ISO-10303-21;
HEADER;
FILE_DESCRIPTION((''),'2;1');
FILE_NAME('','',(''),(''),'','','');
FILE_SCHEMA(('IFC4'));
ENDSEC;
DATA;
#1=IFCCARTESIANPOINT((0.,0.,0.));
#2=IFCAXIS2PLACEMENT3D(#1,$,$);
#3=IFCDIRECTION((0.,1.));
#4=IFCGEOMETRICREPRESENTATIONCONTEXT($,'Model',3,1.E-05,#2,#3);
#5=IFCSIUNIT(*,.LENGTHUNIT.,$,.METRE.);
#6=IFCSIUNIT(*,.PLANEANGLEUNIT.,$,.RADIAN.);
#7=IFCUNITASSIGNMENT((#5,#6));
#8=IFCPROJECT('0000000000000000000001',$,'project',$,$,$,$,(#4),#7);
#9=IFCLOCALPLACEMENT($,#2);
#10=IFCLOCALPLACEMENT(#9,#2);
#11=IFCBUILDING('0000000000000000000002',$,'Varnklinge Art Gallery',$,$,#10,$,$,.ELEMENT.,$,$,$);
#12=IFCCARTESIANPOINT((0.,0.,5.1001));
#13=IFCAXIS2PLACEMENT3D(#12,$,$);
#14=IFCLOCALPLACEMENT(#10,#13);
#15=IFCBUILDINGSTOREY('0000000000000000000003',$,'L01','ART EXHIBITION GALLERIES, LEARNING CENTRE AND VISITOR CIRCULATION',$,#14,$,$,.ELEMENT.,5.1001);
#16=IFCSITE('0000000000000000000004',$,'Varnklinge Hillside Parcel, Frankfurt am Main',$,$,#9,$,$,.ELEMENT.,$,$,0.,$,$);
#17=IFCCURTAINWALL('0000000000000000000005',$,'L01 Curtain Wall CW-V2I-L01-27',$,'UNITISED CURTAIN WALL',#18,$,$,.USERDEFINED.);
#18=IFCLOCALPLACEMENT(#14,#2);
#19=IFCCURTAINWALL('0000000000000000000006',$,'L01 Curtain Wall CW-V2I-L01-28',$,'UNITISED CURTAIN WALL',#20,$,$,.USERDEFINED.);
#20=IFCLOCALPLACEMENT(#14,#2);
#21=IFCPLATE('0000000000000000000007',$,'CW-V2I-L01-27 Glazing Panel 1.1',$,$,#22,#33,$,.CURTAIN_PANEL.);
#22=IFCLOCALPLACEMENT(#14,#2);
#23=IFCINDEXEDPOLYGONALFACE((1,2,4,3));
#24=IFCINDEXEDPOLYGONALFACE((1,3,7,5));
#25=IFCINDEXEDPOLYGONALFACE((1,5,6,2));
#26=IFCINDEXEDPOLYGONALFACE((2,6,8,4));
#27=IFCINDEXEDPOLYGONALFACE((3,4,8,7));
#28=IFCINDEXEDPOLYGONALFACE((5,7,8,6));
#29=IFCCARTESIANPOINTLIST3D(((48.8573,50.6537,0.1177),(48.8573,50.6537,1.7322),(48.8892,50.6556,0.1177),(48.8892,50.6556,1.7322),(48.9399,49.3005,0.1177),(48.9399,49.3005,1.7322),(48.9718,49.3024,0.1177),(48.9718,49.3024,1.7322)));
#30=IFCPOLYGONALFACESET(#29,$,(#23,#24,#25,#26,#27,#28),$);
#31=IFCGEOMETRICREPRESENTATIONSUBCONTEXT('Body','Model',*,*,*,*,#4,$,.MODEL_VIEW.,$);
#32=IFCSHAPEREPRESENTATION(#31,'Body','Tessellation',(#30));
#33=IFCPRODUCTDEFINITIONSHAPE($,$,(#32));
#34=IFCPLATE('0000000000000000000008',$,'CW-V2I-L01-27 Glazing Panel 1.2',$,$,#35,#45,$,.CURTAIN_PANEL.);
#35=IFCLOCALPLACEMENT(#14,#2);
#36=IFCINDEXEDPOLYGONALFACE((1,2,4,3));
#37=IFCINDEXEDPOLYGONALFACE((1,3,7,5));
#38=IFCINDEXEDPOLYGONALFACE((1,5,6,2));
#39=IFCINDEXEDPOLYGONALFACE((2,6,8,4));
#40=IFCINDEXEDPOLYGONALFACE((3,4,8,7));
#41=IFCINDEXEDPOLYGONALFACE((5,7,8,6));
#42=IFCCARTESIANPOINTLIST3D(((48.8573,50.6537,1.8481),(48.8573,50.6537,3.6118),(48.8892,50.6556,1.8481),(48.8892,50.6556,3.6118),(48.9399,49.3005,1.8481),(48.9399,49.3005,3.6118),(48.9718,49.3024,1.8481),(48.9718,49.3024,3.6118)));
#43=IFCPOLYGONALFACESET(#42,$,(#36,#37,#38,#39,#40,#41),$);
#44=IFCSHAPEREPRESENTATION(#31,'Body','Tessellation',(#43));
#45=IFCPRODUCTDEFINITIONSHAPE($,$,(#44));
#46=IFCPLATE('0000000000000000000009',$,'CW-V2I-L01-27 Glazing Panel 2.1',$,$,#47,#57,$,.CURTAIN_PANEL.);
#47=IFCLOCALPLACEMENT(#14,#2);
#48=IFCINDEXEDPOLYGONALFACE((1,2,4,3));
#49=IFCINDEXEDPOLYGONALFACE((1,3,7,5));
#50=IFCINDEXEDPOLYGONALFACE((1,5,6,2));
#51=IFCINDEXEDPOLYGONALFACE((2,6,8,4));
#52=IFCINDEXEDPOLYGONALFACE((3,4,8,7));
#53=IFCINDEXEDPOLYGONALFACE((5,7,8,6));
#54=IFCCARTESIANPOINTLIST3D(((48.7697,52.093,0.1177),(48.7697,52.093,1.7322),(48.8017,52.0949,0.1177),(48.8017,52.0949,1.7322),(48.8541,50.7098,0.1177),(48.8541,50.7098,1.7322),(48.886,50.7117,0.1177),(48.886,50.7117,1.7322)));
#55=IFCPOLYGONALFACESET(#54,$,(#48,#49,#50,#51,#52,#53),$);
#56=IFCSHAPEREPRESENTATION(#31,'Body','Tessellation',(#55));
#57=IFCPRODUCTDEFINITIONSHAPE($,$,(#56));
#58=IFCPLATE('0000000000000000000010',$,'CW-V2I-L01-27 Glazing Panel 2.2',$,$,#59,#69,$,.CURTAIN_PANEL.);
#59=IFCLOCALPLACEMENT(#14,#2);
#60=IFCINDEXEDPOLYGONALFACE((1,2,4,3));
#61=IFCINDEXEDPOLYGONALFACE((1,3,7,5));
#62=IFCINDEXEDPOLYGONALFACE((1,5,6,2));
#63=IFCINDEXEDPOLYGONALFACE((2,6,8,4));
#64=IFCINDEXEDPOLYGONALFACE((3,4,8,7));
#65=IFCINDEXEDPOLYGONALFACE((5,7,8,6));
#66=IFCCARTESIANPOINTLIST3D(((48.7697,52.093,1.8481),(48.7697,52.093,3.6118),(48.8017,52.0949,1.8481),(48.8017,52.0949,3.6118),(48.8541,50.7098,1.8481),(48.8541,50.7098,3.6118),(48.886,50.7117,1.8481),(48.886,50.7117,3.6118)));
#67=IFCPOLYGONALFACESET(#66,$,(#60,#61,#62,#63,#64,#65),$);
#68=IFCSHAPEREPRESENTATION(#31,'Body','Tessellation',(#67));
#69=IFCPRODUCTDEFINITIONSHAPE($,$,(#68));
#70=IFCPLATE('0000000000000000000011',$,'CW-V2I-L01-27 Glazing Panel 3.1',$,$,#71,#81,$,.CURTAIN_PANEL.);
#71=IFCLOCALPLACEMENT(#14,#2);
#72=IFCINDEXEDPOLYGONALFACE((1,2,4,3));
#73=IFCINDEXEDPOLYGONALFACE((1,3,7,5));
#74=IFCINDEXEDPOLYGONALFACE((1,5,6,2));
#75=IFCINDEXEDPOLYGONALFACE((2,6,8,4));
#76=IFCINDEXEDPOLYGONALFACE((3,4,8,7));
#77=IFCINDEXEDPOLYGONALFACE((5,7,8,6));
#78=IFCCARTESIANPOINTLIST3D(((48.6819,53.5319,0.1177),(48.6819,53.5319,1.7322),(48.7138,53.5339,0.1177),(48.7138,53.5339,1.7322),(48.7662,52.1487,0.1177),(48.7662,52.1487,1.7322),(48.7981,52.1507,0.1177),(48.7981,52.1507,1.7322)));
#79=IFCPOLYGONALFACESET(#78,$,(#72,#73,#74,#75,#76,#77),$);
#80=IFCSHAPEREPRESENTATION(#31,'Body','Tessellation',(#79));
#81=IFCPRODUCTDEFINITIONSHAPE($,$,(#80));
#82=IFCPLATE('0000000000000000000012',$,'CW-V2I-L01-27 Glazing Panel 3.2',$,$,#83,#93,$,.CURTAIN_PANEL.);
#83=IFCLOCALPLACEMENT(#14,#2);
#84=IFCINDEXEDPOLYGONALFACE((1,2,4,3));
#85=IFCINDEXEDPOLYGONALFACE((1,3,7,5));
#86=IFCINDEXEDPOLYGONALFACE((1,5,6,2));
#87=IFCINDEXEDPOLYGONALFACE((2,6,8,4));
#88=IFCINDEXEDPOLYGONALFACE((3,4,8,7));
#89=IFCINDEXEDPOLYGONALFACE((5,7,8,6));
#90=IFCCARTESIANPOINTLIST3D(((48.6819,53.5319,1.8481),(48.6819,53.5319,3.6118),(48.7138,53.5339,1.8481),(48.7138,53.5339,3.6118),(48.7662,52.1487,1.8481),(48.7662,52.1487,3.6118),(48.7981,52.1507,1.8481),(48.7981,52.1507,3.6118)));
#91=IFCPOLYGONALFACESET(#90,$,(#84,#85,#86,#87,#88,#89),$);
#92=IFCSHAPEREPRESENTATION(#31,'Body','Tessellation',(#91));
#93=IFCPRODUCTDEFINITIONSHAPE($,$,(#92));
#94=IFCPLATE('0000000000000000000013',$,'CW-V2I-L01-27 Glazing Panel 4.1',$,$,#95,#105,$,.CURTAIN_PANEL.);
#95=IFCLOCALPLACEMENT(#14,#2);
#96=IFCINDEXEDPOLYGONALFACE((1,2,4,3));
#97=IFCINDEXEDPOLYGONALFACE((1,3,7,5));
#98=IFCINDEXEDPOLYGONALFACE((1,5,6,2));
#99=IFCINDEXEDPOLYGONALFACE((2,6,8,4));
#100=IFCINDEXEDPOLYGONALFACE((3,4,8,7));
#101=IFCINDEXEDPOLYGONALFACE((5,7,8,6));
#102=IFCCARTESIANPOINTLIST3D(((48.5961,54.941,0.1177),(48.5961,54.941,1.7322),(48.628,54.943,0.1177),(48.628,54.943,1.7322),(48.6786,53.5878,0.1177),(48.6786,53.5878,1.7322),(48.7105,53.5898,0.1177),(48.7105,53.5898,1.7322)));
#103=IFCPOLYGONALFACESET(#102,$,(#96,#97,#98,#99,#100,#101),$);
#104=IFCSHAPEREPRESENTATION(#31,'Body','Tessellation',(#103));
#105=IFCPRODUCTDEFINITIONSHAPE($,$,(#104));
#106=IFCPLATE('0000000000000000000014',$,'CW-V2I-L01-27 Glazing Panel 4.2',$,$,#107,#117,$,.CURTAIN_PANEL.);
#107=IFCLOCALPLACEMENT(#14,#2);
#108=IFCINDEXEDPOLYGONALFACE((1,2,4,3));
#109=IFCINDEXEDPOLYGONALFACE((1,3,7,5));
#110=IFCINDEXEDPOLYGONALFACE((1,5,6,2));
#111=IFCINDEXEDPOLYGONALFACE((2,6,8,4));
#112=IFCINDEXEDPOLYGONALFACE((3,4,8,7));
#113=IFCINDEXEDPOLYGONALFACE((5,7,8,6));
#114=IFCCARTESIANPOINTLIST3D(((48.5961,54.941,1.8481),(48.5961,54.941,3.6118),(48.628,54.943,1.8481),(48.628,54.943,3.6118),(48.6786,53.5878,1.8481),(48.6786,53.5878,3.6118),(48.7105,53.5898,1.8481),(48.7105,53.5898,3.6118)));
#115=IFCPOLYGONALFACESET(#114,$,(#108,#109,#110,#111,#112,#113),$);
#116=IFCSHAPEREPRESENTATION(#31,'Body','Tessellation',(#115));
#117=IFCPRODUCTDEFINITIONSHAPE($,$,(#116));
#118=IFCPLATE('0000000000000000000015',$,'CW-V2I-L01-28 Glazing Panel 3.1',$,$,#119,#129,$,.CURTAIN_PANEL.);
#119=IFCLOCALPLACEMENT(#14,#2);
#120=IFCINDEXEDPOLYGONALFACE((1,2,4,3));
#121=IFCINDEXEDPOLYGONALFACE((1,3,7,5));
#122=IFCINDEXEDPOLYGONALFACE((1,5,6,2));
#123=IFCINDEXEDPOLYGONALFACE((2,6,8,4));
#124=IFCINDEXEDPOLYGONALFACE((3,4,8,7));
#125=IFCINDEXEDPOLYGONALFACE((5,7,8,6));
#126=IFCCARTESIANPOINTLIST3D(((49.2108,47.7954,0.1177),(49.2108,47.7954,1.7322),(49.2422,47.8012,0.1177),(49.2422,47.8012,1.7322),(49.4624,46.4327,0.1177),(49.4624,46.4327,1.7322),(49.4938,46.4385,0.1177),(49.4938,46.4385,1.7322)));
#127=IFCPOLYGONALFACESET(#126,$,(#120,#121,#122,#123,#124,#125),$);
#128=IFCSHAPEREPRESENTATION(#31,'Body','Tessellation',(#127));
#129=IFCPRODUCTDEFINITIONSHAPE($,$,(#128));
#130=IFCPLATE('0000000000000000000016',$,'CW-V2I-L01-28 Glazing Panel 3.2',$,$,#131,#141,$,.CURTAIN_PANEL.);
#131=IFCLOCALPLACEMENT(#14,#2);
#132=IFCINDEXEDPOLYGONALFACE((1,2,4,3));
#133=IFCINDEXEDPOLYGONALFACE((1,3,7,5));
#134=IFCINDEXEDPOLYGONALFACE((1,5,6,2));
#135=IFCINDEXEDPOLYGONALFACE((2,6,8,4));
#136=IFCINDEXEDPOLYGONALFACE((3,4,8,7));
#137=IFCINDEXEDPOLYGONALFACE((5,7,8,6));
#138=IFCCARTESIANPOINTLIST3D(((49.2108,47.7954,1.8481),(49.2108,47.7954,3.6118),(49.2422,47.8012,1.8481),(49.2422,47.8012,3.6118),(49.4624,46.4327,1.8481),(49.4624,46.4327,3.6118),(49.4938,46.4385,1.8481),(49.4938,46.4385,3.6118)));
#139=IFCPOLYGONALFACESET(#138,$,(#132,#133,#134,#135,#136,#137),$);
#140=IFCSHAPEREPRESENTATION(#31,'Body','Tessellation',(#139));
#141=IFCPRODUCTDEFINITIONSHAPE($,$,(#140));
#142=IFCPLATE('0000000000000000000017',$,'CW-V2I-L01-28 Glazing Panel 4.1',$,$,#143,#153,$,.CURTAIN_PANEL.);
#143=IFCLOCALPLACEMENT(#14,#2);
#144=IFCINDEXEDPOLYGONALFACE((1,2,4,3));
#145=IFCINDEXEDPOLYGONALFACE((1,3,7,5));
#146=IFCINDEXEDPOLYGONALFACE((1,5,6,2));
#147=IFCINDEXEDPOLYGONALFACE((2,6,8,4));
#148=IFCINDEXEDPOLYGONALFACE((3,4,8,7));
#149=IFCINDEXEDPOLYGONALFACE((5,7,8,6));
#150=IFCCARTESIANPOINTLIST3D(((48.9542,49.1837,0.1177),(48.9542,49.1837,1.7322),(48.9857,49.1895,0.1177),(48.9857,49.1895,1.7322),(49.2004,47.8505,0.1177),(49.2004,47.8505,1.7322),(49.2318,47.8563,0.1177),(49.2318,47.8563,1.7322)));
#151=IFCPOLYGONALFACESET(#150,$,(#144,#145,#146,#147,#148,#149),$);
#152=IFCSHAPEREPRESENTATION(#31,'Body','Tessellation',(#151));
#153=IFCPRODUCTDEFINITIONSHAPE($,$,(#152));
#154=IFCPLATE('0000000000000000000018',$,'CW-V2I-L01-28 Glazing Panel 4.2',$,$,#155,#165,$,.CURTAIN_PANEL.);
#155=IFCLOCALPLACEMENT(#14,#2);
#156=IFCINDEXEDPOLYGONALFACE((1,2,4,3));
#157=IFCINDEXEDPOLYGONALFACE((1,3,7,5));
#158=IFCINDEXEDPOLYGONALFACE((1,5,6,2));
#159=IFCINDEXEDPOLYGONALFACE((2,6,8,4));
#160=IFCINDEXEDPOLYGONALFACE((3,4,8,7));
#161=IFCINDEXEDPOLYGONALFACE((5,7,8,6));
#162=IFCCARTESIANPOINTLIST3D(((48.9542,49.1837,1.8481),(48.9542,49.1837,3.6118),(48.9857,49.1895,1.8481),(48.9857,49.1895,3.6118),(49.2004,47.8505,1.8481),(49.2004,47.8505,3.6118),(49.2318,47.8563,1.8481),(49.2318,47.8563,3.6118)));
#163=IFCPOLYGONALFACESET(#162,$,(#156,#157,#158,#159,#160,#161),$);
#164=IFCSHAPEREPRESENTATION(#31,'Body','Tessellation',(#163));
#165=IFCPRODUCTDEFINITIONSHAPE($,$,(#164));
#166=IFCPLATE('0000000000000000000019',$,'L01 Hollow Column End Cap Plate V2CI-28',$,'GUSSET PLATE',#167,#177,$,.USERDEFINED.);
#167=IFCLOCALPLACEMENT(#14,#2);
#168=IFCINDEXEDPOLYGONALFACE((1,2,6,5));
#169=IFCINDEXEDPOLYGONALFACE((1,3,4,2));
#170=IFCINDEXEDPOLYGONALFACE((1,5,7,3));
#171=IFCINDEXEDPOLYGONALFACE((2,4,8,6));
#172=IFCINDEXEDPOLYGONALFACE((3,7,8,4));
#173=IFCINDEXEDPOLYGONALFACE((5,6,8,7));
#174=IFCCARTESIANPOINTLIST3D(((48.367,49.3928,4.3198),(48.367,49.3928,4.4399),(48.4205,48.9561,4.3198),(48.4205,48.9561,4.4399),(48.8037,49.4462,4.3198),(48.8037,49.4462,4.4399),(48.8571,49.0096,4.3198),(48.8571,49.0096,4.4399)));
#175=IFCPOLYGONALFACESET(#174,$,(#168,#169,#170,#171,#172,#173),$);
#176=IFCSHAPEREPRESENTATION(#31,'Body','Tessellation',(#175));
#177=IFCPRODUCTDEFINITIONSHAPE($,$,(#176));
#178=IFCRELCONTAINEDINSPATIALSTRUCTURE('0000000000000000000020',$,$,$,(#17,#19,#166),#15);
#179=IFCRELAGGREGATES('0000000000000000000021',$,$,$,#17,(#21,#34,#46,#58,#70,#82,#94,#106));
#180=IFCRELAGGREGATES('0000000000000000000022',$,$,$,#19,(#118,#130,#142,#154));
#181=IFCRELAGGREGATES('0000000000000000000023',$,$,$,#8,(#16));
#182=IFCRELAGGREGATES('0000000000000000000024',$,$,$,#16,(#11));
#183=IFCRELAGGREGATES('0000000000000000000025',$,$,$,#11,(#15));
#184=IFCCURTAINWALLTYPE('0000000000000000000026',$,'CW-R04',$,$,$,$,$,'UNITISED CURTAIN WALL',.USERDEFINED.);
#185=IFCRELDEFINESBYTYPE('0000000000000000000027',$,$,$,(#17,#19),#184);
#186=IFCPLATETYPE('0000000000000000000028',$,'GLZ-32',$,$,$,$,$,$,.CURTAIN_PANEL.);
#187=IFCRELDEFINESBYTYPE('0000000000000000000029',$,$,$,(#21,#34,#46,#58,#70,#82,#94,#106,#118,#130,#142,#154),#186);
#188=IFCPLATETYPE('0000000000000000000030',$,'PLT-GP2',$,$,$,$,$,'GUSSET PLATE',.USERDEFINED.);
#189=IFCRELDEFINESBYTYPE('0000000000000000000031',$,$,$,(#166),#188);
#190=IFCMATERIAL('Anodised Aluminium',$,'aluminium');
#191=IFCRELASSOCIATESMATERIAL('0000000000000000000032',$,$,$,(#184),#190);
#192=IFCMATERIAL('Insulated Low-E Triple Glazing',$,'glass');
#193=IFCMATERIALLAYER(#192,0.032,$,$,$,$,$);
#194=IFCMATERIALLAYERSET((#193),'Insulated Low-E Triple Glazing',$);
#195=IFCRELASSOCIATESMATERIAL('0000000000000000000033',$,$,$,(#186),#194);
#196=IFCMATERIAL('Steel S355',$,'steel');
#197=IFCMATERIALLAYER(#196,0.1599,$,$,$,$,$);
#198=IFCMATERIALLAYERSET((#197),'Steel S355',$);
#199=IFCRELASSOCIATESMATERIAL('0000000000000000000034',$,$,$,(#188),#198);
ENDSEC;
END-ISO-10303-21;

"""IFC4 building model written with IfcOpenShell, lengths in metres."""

from ifc_helpers import new_model, si_unit, direction, frame, origin, origin_2d, place, context, subcontext, project, spatial, rectangle, extrude, material, layer, layer_set, type_object, element, aggregate, save


model = new_model("IFC4")

# Units and contexts
model_context = context("Model", 3, precision=1e-05, world=origin(), true_north=direction((0.0, 1.0)))
body_context = subcontext(model_context, "Body", "Model", "MODEL_VIEW")
ifc_project = project(units=[si_unit("LENGTHUNIT", "METRE"), si_unit("PLANEANGLEUNIT", "RADIAN")], contexts=[model_context])

# Site, building, storey
site_placement = place(None, origin())
site = spatial("IfcSite", under=ifc_project, at=site_placement, Name="Varnklinge Hillside Parcel, Frankfurt am Main", CompositionType="ELEMENT", RefElevation=0.0)
building_placement = place(site_placement, origin())
building = spatial("IfcBuilding", under=site, at=building_placement, Name="Varnklinge Art Gallery", CompositionType="ELEMENT")
storey_placement = place(building_placement, frame((0.0, 0.0, 5.1001)))
storey = spatial("IfcBuildingStorey", under=building, at=storey_placement, Name="L01", Description="ART EXHIBITION GALLERIES, LEARNING CENTRE AND VISITOR CIRCULATION", CompositionType="ELEMENT", Elevation=5.1001)

# Curtain walls
ifc_material_1 = material(Name="Anodised Aluminium", Category="aluminium")
curtain_wall_type = type_object("IfcCurtainWallType", Name="CW-R04", ElementType="UNITISED CURTAIN WALL", PredefinedType="USERDEFINED", material=ifc_material_1)
curtain_wall_1_placement = place(storey_placement, origin())
curtain_wall_1 = element("IfcCurtainWall", 1, at=curtain_wall_1_placement, inside=storey, type_object=curtain_wall_type, Name="L01 Curtain Wall CW-V2I-L01-27", ObjectType="UNITISED CURTAIN WALL", PredefinedType="USERDEFINED")
curtain_wall_2_placement = place(storey_placement, origin())
curtain_wall_2 = element("IfcCurtainWall", 2, at=curtain_wall_2_placement, inside=storey, type_object=curtain_wall_type, Name="L01 Curtain Wall CW-V2I-L01-28", ObjectType="UNITISED CURTAIN WALL", PredefinedType="USERDEFINED")

# Plates
ifc_material_2 = material(Name="Insulated Low-E Triple Glazing", Category="glass")
ifc_layer_1 = layer(ifc_material_2, 0.032)
ifc_layer_set_1 = layer_set([ifc_layer_1], Name="Insulated Low-E Triple Glazing")
plate_type_1 = type_object("IfcPlateType", Name="GLZ-32", PredefinedType="CURTAIN_PANEL", material=ifc_layer_set_1)
plate_1_placement = place(storey_placement, frame((48.9146, 49.978, 0.1177), z_axis=(0.0, 0.0, 1.0), x_axis=(-0.060874, 0.998145, 0.0)))
plate_1 = element("IfcPlate", 3, at=plate_1_placement, type_object=plate_type_1, Name="CW-V2I-L01-27 Glazing Panel 1.1", PredefinedType="CURTAIN_PANEL", context=body_context, shape_type="SweptSolid", body=[
    extrude(rectangle(XDim=1.3557, YDim=0.032, at=origin_2d()), origin(), (0.0, 0.0, 1.0), 1.6145),
])
plate_2_placement = place(storey_placement, frame((48.9146, 49.978, 1.8481), z_axis=(0.0, 0.0, 1.0), x_axis=(-0.060874, 0.998145, 0.0)))
plate_2 = element("IfcPlate", 4, at=plate_2_placement, type_object=plate_type_1, Name="CW-V2I-L01-27 Glazing Panel 1.2", PredefinedType="CURTAIN_PANEL", context=body_context, shape_type="SweptSolid", body=[
    extrude(rectangle(XDim=1.3557, YDim=0.032, at=origin_2d()), origin(), (0.0, 0.0, 1.0), 1.7637),
])
plate_3_placement = place(storey_placement, frame((48.8279, 51.4023, 0.1177), z_axis=(0.0, 0.0, 1.0), x_axis=(-0.060874, 0.998145, 0.0)))
plate_3 = element("IfcPlate", 5, at=plate_3_placement, type_object=plate_type_1, Name="CW-V2I-L01-27 Glazing Panel 2.1", PredefinedType="CURTAIN_PANEL", context=body_context, shape_type="SweptSolid", body=[
    extrude(rectangle(XDim=1.3857, YDim=0.032, at=origin_2d()), origin(), (0.0, 0.0, 1.0), 1.6145),
])
plate_4_placement = place(storey_placement, frame((48.8279, 51.4023, 1.8481), z_axis=(0.0, 0.0, 1.0), x_axis=(-0.060874, 0.998145, 0.0)))
plate_4 = element("IfcPlate", 6, at=plate_4_placement, type_object=plate_type_1, Name="CW-V2I-L01-27 Glazing Panel 2.2", PredefinedType="CURTAIN_PANEL", context=body_context, shape_type="SweptSolid", body=[
    extrude(rectangle(XDim=1.3857, YDim=0.032, at=origin_2d()), origin(), (0.0, 0.0, 1.0), 1.7637),
])
plate_5_placement = place(storey_placement, frame((48.74, 52.8413, 0.1177), z_axis=(0.0, 0.0, 1.0), x_axis=(-0.060874, 0.998145, 0.0)))
plate_5 = element("IfcPlate", 7, at=plate_5_placement, type_object=plate_type_1, Name="CW-V2I-L01-27 Glazing Panel 3.1", PredefinedType="CURTAIN_PANEL", context=body_context, shape_type="SweptSolid", body=[
    extrude(rectangle(XDim=1.3857, YDim=0.032, at=origin_2d()), origin(), (0.0, 0.0, 1.0), 1.6145),
])
plate_6_placement = place(storey_placement, frame((48.74, 52.8413, 1.8481), z_axis=(0.0, 0.0, 1.0), x_axis=(-0.060874, 0.998145, 0.0)))
plate_6 = element("IfcPlate", 8, at=plate_6_placement, type_object=plate_type_1, Name="CW-V2I-L01-27 Glazing Panel 3.2", PredefinedType="CURTAIN_PANEL", context=body_context, shape_type="SweptSolid", body=[
    extrude(rectangle(XDim=1.3857, YDim=0.032, at=origin_2d()), origin(), (0.0, 0.0, 1.0), 1.7637),
])
plate_7_placement = place(storey_placement, frame((48.6533, 54.2654, 0.1177), z_axis=(0.0, 0.0, 1.0), x_axis=(-0.060874, 0.998145, 0.0)))
plate_7 = element("IfcPlate", 9, at=plate_7_placement, type_object=plate_type_1, Name="CW-V2I-L01-27 Glazing Panel 4.1", PredefinedType="CURTAIN_PANEL", context=body_context, shape_type="SweptSolid", body=[
    extrude(rectangle(XDim=1.3557, YDim=0.032, at=origin_2d()), origin(), (0.0, 0.0, 1.0), 1.6145),
])
plate_8_placement = place(storey_placement, frame((48.6533, 54.2654, 1.8481), z_axis=(0.0, 0.0, 1.0), x_axis=(-0.060874, 0.998145, 0.0)))
plate_8 = element("IfcPlate", 10, at=plate_8_placement, type_object=plate_type_1, Name="CW-V2I-L01-27 Glazing Panel 4.2", PredefinedType="CURTAIN_PANEL", context=body_context, shape_type="SweptSolid", body=[
    extrude(rectangle(XDim=1.3557, YDim=0.032, at=origin_2d()), origin(), (0.0, 0.0, 1.0), 1.7637),
])
aggregate(curtain_wall_1, [plate_1, plate_2, plate_3, plate_4, plate_5, plate_6, plate_7, plate_8])
plate_9_placement = place(storey_placement, frame((49.3523, 47.1169, 0.1177), z_axis=(0.0, 0.0, 1.0), x_axis=(-0.181549, 0.983382, 0.0)))
plate_9 = element("IfcPlate", 11, at=plate_9_placement, type_object=plate_type_1, Name="CW-V2I-L01-28 Glazing Panel 3.1", PredefinedType="CURTAIN_PANEL", context=body_context, shape_type="SweptSolid", body=[
    extrude(rectangle(XDim=1.3857, YDim=0.032, at=origin_2d()), origin(), (0.0, 0.0, 1.0), 1.6145),
])
plate_10_placement = place(storey_placement, frame((49.3523, 47.1169, 1.8481), z_axis=(0.0, 0.0, 1.0), x_axis=(-0.181549, 0.983382, 0.0)))
plate_10 = element("IfcPlate", 12, at=plate_10_placement, type_object=plate_type_1, Name="CW-V2I-L01-28 Glazing Panel 3.2", PredefinedType="CURTAIN_PANEL", context=body_context, shape_type="SweptSolid", body=[
    extrude(rectangle(XDim=1.3857, YDim=0.032, at=origin_2d()), origin(), (0.0, 0.0, 1.0), 1.7637),
])
plate_11_placement = place(storey_placement, frame((49.093, 48.52, 0.1177), z_axis=(0.0, 0.0, 1.0), x_axis=(-0.181549, 0.983382, 0.0)))
plate_11 = element("IfcPlate", 13, at=plate_11_placement, type_object=plate_type_1, Name="CW-V2I-L01-28 Glazing Panel 4.1", PredefinedType="CURTAIN_PANEL", context=body_context, shape_type="SweptSolid", body=[
    extrude(rectangle(XDim=1.3557, YDim=0.032, at=origin_2d()), origin(), (0.0, 0.0, 1.0), 1.6145),
])
plate_12_placement = place(storey_placement, frame((49.093, 48.52, 1.8481), z_axis=(0.0, 0.0, 1.0), x_axis=(-0.181549, 0.983382, 0.0)))
plate_12 = element("IfcPlate", 14, at=plate_12_placement, type_object=plate_type_1, Name="CW-V2I-L01-28 Glazing Panel 4.2", PredefinedType="CURTAIN_PANEL", context=body_context, shape_type="SweptSolid", body=[
    extrude(rectangle(XDim=1.3557, YDim=0.032, at=origin_2d()), origin(), (0.0, 0.0, 1.0), 1.7637),
])
aggregate(curtain_wall_2, [plate_9, plate_10, plate_11, plate_12])
ifc_material_3 = material(Name="Steel S355", Category="steel")
ifc_layer_2 = layer(ifc_material_3, 0.1599)
ifc_layer_set_2 = layer_set([ifc_layer_2], Name="Steel S355")
plate_type_2 = type_object("IfcPlateType", Name="PLT-GP2", ElementType="GUSSET PLATE", PredefinedType="USERDEFINED", material=ifc_layer_set_2)
plate_13_placement = place(storey_placement, frame((48.6121, 49.2012, 4.3198), z_axis=(0.0, 0.0, 1.0), x_axis=(0.992589, 0.121523, 0.0)))
element("IfcPlate", 15, at=plate_13_placement, inside=storey, type_object=plate_type_2, Name="L01 Hollow Column End Cap Plate V2CI-28", ObjectType="GUSSET PLATE", PredefinedType="USERDEFINED", context=body_context, shape_type="SweptSolid", body=[
    extrude(rectangle(XDim=0.4399, YDim=0.4399, at=origin_2d()), origin(), (0.0, 0.0, 1.0), 0.1201),
])

save(model, "model.ifc")
